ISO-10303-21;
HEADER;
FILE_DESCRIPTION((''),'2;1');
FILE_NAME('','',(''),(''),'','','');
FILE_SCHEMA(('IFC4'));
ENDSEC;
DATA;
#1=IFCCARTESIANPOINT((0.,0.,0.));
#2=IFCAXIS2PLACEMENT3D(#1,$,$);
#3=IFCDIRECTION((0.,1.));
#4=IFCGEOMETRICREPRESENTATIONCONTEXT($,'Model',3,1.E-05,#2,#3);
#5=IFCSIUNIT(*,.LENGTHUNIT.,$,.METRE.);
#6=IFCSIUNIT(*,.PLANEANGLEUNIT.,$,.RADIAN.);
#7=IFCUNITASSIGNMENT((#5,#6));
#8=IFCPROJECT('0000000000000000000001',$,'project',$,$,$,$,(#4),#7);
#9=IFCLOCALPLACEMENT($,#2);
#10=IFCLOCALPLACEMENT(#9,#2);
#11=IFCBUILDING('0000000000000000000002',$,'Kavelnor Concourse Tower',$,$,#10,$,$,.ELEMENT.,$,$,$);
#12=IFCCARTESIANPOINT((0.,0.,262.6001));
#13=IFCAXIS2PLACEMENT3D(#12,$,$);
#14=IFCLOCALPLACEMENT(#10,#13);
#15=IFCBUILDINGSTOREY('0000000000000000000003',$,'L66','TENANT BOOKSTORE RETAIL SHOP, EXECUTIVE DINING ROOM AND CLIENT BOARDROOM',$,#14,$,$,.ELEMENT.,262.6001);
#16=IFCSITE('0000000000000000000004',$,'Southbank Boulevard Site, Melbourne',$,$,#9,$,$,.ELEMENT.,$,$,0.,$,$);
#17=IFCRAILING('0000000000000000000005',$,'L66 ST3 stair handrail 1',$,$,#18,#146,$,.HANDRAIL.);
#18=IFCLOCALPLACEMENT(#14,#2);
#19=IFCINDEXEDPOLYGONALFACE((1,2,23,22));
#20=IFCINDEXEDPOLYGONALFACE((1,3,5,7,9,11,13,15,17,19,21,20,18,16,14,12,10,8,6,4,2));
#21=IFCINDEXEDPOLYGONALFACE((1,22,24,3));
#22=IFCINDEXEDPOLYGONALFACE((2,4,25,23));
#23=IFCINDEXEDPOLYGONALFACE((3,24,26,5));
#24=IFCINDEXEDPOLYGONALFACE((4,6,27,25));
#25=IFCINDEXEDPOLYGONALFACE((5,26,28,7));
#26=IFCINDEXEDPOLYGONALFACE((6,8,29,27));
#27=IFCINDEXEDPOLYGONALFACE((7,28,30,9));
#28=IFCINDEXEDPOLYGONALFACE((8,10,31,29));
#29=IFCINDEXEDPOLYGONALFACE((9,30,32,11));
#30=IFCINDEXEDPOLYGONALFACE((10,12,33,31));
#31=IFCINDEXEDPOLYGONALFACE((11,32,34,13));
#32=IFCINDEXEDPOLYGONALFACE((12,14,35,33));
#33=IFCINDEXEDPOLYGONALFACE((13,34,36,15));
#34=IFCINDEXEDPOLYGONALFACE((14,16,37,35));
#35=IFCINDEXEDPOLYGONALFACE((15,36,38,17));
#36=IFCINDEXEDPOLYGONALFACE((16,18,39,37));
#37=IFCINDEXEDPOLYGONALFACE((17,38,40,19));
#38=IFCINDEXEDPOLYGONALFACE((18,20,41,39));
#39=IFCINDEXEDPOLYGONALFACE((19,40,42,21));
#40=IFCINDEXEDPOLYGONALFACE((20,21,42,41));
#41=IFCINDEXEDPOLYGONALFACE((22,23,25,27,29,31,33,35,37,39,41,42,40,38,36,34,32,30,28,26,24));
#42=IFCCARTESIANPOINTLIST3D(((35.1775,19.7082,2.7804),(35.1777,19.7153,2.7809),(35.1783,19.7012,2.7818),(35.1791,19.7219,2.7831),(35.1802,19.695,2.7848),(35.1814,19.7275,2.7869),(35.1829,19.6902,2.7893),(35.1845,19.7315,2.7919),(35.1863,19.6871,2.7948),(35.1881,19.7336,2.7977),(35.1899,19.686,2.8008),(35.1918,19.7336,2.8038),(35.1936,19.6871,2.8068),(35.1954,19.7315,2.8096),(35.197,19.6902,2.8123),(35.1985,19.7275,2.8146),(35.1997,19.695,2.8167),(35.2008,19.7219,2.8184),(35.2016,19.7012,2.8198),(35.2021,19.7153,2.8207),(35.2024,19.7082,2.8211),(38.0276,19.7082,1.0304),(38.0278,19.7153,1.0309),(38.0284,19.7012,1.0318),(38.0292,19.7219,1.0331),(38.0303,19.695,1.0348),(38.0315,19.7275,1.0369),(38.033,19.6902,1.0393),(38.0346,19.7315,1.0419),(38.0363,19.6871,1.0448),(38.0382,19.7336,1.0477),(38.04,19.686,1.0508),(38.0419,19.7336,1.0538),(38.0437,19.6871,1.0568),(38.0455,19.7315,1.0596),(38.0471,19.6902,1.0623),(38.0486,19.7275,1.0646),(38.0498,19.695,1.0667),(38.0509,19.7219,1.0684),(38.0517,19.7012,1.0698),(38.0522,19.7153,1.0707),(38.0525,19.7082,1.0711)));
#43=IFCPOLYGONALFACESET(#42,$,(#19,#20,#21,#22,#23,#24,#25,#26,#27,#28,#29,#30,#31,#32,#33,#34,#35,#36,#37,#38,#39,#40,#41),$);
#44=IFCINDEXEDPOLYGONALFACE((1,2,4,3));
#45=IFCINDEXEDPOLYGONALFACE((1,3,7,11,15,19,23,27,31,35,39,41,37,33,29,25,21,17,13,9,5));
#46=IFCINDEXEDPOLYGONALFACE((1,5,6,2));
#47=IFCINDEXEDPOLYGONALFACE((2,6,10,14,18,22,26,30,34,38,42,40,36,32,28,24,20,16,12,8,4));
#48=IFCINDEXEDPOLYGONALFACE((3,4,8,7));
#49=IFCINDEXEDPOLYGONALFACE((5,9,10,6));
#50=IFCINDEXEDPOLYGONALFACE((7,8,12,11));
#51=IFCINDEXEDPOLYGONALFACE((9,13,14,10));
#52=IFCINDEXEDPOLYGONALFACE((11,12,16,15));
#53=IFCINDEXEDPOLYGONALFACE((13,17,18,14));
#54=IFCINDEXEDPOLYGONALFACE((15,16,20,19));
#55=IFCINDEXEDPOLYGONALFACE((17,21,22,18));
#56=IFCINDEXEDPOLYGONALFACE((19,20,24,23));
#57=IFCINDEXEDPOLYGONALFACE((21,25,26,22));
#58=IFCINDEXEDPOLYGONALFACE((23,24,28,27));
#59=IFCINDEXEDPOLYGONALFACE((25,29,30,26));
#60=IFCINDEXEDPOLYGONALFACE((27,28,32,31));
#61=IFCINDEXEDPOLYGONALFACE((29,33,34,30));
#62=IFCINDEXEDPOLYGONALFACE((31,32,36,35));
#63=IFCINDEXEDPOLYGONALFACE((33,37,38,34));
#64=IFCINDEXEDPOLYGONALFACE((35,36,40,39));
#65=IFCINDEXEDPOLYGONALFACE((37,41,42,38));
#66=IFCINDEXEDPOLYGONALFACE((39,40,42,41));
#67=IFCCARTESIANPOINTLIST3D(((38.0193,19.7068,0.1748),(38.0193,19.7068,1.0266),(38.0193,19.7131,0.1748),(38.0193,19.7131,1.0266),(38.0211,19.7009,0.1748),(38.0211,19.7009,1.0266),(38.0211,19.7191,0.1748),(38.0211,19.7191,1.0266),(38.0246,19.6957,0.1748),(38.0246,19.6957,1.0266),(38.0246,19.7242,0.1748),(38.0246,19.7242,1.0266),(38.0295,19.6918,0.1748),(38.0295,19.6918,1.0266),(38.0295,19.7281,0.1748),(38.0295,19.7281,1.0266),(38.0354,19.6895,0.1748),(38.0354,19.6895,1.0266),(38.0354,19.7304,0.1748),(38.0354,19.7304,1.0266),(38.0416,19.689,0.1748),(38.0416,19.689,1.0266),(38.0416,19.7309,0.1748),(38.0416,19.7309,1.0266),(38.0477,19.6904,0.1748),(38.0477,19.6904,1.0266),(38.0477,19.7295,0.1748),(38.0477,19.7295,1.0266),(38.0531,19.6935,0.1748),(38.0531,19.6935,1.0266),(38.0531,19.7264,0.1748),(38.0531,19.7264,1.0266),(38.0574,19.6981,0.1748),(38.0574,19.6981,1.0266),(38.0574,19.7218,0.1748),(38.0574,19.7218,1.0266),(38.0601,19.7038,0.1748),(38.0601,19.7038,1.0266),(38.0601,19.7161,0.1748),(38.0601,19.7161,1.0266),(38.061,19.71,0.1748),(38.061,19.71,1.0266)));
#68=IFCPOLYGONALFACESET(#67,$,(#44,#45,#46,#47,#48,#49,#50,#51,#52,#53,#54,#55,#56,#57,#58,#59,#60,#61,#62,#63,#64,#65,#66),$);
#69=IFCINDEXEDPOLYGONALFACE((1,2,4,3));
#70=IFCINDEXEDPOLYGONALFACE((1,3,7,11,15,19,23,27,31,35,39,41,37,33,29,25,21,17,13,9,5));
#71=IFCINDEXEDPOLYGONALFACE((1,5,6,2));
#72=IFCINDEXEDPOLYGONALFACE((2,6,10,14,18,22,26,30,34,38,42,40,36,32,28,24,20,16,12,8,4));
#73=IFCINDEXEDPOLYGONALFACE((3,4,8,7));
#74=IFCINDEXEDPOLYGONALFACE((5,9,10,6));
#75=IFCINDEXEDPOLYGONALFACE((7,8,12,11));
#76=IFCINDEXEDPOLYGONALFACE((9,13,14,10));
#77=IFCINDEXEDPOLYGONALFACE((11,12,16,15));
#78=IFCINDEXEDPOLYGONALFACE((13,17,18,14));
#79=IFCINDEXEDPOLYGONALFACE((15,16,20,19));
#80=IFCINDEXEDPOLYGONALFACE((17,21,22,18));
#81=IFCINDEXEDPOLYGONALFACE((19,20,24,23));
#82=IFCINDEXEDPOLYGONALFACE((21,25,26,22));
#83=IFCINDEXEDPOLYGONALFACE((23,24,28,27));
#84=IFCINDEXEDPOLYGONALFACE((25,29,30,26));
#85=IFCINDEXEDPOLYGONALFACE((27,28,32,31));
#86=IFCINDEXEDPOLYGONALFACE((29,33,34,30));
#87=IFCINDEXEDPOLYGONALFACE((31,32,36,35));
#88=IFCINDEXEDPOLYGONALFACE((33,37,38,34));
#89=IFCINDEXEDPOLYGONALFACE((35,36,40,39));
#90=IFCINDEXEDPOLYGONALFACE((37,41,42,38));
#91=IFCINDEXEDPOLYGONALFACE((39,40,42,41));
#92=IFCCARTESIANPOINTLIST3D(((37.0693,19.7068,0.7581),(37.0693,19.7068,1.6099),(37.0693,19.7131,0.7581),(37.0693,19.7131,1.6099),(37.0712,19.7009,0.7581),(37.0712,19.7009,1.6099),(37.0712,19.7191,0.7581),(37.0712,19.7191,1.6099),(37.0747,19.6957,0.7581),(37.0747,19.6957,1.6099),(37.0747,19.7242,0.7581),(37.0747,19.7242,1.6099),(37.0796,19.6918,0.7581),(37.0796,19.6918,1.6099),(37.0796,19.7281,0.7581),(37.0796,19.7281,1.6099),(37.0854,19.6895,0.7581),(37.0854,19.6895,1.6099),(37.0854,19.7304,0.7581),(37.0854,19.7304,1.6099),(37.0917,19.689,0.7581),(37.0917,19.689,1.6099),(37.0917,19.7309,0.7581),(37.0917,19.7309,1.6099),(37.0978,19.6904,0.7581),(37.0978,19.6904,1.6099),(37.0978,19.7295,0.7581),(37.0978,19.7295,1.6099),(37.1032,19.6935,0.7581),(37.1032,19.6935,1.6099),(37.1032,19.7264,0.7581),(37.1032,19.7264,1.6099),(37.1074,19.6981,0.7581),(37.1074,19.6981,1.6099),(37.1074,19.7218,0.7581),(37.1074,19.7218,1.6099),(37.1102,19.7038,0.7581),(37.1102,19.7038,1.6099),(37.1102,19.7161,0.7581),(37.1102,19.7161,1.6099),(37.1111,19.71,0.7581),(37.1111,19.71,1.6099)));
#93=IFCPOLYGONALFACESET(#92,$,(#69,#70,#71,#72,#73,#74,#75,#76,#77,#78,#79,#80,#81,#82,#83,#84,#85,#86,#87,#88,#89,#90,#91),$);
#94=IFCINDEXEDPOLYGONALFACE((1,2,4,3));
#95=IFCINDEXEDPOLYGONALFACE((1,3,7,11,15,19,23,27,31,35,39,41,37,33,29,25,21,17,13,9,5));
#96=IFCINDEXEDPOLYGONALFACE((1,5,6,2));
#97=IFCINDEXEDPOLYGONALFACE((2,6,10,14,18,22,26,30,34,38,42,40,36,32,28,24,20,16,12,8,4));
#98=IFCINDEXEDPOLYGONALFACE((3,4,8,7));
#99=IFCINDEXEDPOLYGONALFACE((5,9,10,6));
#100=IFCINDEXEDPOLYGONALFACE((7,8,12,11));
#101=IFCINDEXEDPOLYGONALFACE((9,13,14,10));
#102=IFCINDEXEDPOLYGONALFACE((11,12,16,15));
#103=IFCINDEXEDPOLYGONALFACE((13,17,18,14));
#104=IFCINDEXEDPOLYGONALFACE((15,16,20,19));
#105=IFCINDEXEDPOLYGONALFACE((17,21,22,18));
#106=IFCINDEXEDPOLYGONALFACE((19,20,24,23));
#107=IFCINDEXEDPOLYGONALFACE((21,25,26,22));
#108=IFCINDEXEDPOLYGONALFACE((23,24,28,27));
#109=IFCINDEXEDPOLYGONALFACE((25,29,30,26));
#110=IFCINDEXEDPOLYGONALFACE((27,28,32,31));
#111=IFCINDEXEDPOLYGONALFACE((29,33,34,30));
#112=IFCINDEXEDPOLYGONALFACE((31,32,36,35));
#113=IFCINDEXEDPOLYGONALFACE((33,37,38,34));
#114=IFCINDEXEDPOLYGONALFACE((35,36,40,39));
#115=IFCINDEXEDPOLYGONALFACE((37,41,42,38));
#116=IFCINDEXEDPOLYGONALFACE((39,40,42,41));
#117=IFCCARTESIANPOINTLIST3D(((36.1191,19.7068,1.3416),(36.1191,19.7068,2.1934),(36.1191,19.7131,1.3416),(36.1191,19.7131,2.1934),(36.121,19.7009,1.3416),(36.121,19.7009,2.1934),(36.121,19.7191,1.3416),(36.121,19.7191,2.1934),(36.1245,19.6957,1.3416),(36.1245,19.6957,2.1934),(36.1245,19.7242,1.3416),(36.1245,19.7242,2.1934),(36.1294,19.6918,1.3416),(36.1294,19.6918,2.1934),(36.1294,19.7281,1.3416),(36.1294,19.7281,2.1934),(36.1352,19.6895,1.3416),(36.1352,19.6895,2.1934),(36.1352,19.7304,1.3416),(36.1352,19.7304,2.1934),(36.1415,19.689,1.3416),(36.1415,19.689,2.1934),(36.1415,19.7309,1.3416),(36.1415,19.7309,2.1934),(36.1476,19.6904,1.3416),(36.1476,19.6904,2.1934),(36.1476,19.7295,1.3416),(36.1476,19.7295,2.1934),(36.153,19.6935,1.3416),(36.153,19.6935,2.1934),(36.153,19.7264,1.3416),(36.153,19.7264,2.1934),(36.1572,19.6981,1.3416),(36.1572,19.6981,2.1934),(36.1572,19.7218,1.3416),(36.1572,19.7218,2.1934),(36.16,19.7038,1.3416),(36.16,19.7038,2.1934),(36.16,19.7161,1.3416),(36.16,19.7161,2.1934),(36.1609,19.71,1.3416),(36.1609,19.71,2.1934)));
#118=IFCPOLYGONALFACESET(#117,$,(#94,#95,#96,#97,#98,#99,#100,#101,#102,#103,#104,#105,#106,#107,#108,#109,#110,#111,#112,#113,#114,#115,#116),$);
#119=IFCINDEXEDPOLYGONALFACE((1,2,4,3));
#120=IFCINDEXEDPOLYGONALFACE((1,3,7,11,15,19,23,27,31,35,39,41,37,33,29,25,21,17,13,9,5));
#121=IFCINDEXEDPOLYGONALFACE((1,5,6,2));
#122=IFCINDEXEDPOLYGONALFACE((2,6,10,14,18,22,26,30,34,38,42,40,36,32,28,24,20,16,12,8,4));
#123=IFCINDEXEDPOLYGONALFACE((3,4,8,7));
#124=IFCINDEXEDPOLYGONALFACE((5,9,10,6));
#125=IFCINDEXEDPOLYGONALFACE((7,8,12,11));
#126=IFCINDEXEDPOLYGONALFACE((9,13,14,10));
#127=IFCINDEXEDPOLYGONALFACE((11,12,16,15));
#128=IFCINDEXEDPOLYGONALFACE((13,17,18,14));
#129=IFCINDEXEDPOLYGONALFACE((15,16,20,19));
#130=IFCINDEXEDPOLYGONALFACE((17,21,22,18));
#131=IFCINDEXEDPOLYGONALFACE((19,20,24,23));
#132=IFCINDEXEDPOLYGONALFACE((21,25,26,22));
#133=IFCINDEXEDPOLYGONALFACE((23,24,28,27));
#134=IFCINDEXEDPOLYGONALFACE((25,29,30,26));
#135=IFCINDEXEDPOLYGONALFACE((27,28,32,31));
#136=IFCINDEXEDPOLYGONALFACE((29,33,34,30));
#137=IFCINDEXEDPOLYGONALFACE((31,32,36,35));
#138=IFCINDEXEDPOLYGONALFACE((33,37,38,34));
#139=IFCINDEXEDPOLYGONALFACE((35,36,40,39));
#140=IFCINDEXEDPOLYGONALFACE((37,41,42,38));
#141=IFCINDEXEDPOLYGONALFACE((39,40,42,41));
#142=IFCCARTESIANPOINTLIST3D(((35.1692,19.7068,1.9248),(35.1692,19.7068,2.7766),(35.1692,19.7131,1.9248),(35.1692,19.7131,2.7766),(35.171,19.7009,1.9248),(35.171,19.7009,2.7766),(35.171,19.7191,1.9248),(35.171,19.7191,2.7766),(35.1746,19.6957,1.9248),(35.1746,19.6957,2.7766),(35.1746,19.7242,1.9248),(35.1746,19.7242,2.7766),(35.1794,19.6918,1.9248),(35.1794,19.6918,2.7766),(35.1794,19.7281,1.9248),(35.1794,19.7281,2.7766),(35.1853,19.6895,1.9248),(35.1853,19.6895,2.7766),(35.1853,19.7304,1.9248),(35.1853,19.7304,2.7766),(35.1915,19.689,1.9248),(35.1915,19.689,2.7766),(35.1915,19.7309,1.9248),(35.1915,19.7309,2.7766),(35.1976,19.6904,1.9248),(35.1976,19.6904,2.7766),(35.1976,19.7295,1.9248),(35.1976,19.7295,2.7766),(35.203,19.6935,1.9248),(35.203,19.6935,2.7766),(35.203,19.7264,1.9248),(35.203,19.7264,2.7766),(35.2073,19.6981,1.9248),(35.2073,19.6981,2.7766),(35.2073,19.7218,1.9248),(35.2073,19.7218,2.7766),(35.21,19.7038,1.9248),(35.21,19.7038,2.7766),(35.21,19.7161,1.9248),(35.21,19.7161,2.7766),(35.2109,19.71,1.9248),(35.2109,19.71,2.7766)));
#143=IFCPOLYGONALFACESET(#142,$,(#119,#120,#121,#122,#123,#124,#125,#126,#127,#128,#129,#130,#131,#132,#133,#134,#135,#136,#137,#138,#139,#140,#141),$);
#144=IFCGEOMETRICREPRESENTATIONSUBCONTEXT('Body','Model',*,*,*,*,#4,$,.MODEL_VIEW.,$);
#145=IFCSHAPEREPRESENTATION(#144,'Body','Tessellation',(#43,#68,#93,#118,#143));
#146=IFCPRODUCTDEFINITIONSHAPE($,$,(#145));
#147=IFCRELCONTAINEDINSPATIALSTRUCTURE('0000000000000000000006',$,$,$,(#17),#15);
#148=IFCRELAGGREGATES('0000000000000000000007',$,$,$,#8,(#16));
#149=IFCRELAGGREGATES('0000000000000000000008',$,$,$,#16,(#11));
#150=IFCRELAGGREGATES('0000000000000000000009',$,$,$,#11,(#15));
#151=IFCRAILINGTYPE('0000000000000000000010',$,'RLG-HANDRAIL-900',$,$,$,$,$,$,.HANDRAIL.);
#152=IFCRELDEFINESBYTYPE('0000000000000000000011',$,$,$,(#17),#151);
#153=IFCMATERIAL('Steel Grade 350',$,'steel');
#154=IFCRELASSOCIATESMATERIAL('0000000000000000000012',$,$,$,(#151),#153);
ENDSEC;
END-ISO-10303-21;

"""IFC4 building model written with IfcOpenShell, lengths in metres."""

from ifc_helpers import new_model, si_unit, direction, frame, origin, origin_2d, place, context, subcontext, project, spatial, circle, extrude, material, type_object, element, save


model = new_model("IFC4")

# Units and contexts
model_context = context("Model", 3, precision=1e-05, world=origin(), true_north=direction((0.0, 1.0)))
body_context = subcontext(model_context, "Body", "Model", "MODEL_VIEW")
ifc_project = project(units=[si_unit("LENGTHUNIT", "METRE"), si_unit("PLANEANGLEUNIT", "RADIAN")], contexts=[model_context])

# Site, building, storey
site_placement = place(None, origin())
site = spatial("IfcSite", under=ifc_project, at=site_placement, Name="Southbank Boulevard Site, Melbourne", CompositionType="ELEMENT", RefElevation=0.0)
building_placement = place(site_placement, origin())
building = spatial("IfcBuilding", under=site, at=building_placement, Name="Kavelnor Concourse Tower", CompositionType="ELEMENT")
storey_placement = place(building_placement, frame((0.0, 0.0, 262.6001)))
storey = spatial("IfcBuildingStorey", under=building, at=storey_placement, Name="L66", Description="TENANT BOOKSTORE RETAIL SHOP, EXECUTIVE DINING ROOM AND CLIENT BOARDROOM", CompositionType="ELEMENT", Elevation=262.6001)

# Shared definitions
ifc_material_1 = material(Name="Steel Grade 350", Category="steel")

# Railing
railing_type_1 = type_object("IfcRailingType", Name="RLG-HANDRAIL-900", PredefinedType="HANDRAIL", material=ifc_material_1)
railing_1_placement = place(storey_placement, frame((38.04, 19.71, 0.1748)))
element("IfcRailing", 1, at=railing_1_placement, inside=storey, type_object=railing_type_1, Name="L66 ST3 stair handrail 1", PredefinedType="HANDRAIL", context=body_context, shape_type="SweptSolid", body=[
    extrude(circle(Radius=0.0239, at=origin_2d()), frame((0.0, 0.0, 0.876), z_axis=(-0.852179, 0.0, 0.52325), x_axis=(0.0, -1.0, 0.0)), (0.0, 0.0, 1.0), 3.3445),
    extrude(circle(Radius=0.021, at=origin_2d()), origin(), (0.0, 0.0, 1.0), 0.8518),
    extrude(circle(Radius=0.021, at=origin_2d()), frame((-0.95, 0.0, 0.5833)), (0.0, 0.0, 1.0), 0.8518),
    extrude(circle(Radius=0.021, at=origin_2d()), frame((-1.9001, 0.0, 1.1667)), (0.0, 0.0, 1.0), 0.8518),
    extrude(circle(Radius=0.021, at=origin_2d()), frame((-2.8501, 0.0, 1.75)), (0.0, 0.0, 1.0), 0.8518),
])

save(model, "model.ifc")
